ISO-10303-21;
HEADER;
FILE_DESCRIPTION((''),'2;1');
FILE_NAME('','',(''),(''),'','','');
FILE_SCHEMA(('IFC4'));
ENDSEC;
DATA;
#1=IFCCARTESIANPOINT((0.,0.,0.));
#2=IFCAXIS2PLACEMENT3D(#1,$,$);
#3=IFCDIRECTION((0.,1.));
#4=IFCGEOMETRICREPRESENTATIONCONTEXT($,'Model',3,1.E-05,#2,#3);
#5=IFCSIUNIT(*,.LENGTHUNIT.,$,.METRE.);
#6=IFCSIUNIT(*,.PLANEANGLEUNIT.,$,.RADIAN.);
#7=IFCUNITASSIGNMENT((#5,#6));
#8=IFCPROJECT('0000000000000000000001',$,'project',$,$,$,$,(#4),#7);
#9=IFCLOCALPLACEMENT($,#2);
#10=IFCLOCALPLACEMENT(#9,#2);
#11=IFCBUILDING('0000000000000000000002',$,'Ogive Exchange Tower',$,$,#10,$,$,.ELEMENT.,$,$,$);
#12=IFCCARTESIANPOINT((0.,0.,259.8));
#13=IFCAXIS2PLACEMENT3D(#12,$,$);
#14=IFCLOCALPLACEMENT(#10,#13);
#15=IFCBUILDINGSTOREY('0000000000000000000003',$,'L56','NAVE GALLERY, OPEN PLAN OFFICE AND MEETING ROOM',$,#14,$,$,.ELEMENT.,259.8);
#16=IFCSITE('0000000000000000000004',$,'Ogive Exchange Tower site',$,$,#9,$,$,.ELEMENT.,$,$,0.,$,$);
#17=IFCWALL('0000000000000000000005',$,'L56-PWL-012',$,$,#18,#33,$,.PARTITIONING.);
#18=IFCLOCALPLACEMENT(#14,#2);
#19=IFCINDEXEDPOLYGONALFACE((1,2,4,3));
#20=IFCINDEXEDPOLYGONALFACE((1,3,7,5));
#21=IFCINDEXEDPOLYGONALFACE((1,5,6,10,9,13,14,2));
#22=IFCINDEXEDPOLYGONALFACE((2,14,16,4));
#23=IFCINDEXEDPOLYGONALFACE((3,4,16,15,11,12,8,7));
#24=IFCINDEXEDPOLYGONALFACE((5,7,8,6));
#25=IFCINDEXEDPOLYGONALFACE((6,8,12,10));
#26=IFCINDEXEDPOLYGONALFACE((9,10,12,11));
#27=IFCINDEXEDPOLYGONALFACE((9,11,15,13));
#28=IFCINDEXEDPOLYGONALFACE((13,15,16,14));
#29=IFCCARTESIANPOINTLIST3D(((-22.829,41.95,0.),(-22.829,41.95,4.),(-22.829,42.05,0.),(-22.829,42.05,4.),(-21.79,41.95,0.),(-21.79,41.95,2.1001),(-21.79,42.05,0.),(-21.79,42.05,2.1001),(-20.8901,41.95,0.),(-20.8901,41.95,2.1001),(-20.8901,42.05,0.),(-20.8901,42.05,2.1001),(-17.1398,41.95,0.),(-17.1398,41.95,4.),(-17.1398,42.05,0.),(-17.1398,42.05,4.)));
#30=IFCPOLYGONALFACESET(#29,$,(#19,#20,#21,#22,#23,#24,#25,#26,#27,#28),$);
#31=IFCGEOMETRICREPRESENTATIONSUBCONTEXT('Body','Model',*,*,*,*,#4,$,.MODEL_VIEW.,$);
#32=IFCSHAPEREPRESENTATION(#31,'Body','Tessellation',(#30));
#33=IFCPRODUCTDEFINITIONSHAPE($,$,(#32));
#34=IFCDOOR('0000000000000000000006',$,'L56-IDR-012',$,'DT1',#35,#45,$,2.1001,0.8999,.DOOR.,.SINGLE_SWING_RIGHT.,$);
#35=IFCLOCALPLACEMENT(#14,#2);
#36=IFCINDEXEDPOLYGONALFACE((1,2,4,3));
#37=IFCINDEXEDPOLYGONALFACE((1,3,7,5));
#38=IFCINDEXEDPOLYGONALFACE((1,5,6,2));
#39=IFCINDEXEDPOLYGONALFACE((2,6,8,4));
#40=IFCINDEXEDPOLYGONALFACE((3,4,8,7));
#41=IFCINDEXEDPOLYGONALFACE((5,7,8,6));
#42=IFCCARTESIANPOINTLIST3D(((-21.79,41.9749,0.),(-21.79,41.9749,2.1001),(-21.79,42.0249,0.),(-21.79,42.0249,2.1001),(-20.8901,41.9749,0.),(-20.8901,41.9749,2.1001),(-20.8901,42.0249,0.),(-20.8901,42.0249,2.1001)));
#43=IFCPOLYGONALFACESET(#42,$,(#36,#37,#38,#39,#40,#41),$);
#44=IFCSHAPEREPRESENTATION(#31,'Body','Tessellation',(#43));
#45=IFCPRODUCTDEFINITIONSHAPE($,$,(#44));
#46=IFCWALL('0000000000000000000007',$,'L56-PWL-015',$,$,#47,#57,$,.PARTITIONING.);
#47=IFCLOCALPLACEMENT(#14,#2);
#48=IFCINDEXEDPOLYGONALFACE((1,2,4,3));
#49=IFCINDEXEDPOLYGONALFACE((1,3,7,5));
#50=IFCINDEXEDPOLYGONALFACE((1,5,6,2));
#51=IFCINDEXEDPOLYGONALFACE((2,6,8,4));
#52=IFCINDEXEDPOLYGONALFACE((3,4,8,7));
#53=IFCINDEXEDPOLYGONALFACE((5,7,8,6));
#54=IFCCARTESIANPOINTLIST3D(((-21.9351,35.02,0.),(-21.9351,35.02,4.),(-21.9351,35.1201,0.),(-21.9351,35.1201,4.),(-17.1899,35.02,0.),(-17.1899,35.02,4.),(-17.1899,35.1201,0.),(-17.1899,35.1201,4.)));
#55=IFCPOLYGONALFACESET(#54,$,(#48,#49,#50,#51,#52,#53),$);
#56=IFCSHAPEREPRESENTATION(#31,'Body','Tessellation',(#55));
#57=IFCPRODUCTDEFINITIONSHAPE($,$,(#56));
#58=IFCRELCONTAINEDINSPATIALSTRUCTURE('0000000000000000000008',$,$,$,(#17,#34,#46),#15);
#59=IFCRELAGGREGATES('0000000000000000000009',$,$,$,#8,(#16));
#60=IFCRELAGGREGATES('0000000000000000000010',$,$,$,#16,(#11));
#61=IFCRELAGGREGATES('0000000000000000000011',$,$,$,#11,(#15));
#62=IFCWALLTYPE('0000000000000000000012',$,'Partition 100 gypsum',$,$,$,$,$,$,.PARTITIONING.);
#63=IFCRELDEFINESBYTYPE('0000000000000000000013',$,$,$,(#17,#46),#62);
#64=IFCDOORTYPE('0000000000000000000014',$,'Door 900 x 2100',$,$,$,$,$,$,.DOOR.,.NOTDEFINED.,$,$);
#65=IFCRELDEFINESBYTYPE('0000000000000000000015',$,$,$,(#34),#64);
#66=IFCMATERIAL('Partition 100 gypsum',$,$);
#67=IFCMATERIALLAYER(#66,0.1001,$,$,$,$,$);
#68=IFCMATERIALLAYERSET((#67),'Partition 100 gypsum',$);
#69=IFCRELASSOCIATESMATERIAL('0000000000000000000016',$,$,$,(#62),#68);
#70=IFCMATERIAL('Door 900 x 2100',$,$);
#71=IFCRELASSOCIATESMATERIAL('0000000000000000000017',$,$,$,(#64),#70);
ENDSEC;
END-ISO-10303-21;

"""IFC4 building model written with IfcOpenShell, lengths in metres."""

from ifc_helpers import new_model, si_unit, direction, frame, frame_2d, origin, place, context, subcontext, project, spatial, rectangle, extrude, material, layer, layer_set, type_object, element, fill, save


model = new_model("IFC4")

# Units and contexts
model_context = context("Model", 3, precision=1e-05, world=origin(), true_north=direction((0.0, 1.0)))
body_context = subcontext(model_context, "Body", "Model", "MODEL_VIEW")
ifc_project = project(units=[si_unit("LENGTHUNIT", "METRE"), si_unit("PLANEANGLEUNIT", "RADIAN")], contexts=[model_context])

# Site, building, storey
site_placement = place(None, origin())
site = spatial("IfcSite", under=ifc_project, at=site_placement, Name="Ogive Exchange Tower site", CompositionType="ELEMENT", RefElevation=0.0)
building_placement = place(site_placement, origin())
building = spatial("IfcBuilding", under=site, at=building_placement, Name="Ogive Exchange Tower", CompositionType="ELEMENT")
storey_placement = place(building_placement, frame((0.0, 0.0, 259.8)))
storey = spatial("IfcBuildingStorey", under=building, at=storey_placement, Name="L56", Description="NAVE GALLERY, OPEN PLAN OFFICE AND MEETING ROOM", CompositionType="ELEMENT", Elevation=259.8)

# Wall, opening, door
ifc_material_1 = material(Name="Partition 100 gypsum")
ifc_layer_1 = layer(ifc_material_1, 0.1001)
ifc_layer_set_1 = layer_set([ifc_layer_1], Name="Partition 100 gypsum")
wall_type_1 = type_object("IfcWallType", Name="Partition 100 gypsum", PredefinedType="PARTITIONING", material=ifc_layer_set_1)
wall_1_placement = place(storey_placement, frame((-22.8291, 42.0, 0.0), z_axis=(0.0, 0.0, 1.0), x_axis=(1.0, 0.0, 0.0)))
wall_1 = element("IfcWall", 1, at=wall_1_placement, inside=storey, type_object=wall_type_1, Name="L56-PWL-012", PredefinedType="PARTITIONING", context=body_context, shape_type="SweptSolid", body=[
    extrude(rectangle(XDim=5.6892, YDim=0.1001, at=frame_2d((2.8447, 0.0))), origin(), (0.0, 0.0, 1.0), 4.0),
])
opening_1_placement = place(wall_1_placement, frame((1.0391, 0.0, 0.0)))
opening_1 = element("IfcOpeningElement", 2, at=opening_1_placement, cuts=wall_1, PredefinedType="OPENING", context=body_context, shape_type="SweptSolid", body=[
    extrude(rectangle(XDim=0.8999, YDim=2.1001, at=frame_2d((0.45, 1.05))), frame((0.0, 0.0601, 0.0), z_axis=(0.0, -1.0, 0.0), x_axis=(1.0, 0.0, 0.0)), (0.0, 0.0, 1.0), 0.1201),
])
ifc_material_2 = material(Name="Door 900 x 2100")
door_type_1 = type_object("IfcDoorType", Name="Door 900 x 2100", OperationType="NOTDEFINED", PredefinedType="DOOR", material=ifc_material_2)
door_1_placement = place(opening_1_placement, origin())
door_1 = element("IfcDoor", 3, at=door_1_placement, inside=storey, type_object=door_type_1, Name="L56-IDR-012", ObjectType="DT1", OperationType="SINGLE_SWING_RIGHT", OverallHeight=2.1001, OverallWidth=0.8999, PredefinedType="DOOR", context=body_context, shape_type="SweptSolid", body=[
    extrude(rectangle(XDim=0.8999, YDim=2.1001, at=frame_2d((0.45, 1.05))), frame((0.0, 0.0249, 0.0), z_axis=(0.0, -1.0, 0.0), x_axis=(1.0, 0.0, 0.0)), (0.0, 0.0, 1.0), 0.05),
])
fill(opening_1, door_1)

# Wall
wall_2_placement = place(storey_placement, frame((-21.9351, 35.0701, 0.0), z_axis=(0.0, 0.0, 1.0), x_axis=(1.0, 0.0, 0.0)))
element("IfcWall", 4, at=wall_2_placement, inside=storey, type_object=wall_type_1, Name="L56-PWL-015", PredefinedType="PARTITIONING", context=body_context, shape_type="SweptSolid", body=[
    extrude(rectangle(XDim=4.7451, YDim=0.1001, at=frame_2d((2.3726, 0.0))), origin(), (0.0, 0.0, 1.0), 4.0),
])

save(model, "model.ifc")
